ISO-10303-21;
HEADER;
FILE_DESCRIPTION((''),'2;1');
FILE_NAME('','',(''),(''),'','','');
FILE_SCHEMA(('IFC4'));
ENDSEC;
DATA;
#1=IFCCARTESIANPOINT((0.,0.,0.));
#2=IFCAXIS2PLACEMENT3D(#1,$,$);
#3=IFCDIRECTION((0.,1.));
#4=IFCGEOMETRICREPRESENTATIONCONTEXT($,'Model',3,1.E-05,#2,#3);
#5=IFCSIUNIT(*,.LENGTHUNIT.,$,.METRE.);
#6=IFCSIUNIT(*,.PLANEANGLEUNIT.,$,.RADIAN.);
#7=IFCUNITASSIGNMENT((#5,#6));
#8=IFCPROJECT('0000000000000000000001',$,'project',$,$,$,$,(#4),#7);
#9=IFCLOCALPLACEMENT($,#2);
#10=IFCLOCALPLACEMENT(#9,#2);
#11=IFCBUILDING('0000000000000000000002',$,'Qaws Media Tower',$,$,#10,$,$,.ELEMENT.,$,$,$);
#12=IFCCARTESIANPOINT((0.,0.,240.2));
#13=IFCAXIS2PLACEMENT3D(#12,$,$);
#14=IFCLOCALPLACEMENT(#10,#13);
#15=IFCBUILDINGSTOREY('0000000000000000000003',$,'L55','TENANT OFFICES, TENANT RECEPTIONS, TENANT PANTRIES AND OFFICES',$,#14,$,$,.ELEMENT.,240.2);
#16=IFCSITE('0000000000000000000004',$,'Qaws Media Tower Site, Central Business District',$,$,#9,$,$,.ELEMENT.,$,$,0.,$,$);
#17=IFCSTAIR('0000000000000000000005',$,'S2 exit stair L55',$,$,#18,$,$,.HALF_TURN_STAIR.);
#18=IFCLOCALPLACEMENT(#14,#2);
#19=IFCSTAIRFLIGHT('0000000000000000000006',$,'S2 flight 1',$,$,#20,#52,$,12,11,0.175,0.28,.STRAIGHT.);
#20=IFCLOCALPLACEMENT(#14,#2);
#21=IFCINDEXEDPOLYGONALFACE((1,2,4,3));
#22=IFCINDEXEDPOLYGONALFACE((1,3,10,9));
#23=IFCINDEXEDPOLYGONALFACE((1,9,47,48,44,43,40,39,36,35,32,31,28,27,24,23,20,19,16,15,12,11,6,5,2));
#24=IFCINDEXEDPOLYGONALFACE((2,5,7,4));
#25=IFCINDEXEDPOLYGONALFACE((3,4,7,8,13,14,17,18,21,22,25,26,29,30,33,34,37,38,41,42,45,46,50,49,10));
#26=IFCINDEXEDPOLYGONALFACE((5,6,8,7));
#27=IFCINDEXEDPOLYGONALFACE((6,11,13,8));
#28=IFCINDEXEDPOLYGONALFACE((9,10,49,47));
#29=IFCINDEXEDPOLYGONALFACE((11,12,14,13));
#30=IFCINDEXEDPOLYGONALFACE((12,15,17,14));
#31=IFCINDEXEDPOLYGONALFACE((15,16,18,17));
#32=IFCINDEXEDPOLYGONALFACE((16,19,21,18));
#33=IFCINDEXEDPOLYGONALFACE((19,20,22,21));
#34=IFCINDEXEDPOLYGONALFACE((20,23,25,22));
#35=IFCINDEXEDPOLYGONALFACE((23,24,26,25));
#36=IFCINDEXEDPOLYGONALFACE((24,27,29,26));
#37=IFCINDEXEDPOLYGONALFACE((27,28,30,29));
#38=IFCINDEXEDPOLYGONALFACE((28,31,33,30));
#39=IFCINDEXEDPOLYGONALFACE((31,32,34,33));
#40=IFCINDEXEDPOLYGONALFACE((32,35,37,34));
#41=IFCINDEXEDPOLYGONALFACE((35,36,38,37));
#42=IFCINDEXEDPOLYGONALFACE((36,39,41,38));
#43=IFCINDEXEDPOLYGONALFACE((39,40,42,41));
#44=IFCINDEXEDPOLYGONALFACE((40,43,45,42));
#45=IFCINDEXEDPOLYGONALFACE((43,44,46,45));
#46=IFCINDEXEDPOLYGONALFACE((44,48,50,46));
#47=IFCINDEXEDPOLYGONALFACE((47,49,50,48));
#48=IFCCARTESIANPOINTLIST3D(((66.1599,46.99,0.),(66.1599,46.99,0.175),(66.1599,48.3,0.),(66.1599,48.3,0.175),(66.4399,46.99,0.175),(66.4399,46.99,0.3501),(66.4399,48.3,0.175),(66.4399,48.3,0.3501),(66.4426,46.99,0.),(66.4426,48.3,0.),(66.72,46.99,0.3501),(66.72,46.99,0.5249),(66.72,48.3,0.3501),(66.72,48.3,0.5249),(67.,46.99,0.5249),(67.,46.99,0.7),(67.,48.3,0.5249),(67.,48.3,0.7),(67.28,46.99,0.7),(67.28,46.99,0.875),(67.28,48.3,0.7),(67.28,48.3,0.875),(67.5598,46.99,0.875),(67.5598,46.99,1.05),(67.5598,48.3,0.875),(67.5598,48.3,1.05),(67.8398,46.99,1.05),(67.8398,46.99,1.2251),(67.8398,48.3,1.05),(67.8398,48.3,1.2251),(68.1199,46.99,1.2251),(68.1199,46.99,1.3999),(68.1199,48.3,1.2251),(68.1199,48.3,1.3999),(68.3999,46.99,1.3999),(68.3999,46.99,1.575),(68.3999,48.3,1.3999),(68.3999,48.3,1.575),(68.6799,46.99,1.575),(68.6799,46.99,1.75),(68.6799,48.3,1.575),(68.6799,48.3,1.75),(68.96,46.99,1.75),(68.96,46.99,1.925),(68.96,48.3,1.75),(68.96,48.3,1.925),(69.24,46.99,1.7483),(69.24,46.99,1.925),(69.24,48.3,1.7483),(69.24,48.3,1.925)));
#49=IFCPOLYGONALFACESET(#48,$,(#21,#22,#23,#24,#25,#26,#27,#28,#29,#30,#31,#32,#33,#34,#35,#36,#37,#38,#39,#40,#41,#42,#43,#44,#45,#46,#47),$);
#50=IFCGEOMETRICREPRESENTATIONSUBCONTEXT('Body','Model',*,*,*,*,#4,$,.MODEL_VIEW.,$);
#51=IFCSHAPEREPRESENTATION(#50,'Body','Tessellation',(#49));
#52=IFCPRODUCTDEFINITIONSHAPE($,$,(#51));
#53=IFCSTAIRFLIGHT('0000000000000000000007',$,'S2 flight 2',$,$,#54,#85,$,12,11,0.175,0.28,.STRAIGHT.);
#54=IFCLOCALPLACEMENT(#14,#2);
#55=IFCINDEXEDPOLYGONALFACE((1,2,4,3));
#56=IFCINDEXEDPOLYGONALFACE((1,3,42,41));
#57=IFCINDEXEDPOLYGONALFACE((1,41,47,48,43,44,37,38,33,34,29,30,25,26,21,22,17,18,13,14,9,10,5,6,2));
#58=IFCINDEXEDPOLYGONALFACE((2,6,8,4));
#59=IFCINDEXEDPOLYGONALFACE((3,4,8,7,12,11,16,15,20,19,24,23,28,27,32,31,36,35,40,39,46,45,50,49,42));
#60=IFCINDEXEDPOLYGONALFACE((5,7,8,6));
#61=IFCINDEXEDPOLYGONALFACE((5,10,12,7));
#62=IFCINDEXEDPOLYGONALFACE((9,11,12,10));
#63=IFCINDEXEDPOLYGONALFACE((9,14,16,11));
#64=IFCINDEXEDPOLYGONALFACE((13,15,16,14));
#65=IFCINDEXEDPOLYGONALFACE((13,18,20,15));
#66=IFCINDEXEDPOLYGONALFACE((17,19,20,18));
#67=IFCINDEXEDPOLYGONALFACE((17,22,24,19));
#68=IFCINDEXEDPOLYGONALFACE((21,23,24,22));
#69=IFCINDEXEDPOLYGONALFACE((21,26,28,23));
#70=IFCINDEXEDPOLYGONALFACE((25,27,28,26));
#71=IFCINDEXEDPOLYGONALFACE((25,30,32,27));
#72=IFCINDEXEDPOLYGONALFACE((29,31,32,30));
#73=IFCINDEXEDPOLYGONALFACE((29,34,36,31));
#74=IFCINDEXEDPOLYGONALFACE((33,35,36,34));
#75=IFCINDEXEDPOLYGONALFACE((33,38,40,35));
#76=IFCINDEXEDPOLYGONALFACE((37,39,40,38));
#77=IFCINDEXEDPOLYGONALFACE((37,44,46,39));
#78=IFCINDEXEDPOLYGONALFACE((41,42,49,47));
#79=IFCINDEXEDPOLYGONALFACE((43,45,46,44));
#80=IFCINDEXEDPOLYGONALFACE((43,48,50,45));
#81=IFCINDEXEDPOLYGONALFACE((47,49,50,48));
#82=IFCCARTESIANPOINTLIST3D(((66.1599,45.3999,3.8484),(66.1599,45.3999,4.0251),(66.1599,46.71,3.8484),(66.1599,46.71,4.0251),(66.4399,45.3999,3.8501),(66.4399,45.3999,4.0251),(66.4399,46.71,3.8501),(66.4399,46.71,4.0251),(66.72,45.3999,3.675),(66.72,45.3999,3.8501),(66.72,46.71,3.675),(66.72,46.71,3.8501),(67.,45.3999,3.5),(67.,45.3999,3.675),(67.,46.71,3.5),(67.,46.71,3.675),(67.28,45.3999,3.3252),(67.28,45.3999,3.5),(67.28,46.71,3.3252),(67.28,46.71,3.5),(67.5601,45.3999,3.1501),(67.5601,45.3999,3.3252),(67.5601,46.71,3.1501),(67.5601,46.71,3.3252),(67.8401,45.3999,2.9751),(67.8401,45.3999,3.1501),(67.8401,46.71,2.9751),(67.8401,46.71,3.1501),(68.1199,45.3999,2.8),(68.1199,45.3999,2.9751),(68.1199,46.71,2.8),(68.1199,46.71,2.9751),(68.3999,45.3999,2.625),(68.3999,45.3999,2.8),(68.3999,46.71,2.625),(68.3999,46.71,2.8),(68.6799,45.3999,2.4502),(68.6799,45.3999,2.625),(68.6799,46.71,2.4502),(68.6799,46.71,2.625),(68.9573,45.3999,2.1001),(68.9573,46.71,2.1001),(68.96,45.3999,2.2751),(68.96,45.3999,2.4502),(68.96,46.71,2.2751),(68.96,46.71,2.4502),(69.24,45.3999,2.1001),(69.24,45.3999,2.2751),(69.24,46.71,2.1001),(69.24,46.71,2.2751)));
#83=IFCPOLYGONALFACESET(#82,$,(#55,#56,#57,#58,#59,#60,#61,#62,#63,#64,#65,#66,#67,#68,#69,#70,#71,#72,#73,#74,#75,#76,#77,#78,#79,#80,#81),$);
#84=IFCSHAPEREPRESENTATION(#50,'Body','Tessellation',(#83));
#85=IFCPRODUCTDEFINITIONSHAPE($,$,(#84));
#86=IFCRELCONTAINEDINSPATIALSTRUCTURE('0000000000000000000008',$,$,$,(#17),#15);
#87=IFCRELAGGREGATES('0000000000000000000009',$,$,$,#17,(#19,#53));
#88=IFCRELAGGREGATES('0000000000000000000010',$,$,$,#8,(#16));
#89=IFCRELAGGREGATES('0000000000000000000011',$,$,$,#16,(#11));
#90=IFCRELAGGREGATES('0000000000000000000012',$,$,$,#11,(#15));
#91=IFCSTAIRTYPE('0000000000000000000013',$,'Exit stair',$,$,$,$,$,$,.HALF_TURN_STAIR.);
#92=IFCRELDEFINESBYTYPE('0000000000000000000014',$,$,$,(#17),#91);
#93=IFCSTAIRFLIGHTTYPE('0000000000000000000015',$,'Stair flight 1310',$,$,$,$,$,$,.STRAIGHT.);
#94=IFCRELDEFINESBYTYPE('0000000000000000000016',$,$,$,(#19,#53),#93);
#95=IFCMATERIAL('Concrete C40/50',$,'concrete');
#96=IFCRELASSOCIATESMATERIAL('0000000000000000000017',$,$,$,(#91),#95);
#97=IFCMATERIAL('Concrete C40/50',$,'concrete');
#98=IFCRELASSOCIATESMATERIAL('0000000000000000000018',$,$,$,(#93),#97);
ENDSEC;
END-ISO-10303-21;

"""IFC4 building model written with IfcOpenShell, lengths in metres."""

from ifc_helpers import new_model, si_unit, direction, frame, origin, place, context, subcontext, project, spatial, polyline, outline, extrude, material, type_object, element, aggregate, save


model = new_model("IFC4")

# Units and contexts
model_context = context("Model", 3, precision=1e-05, world=origin(), true_north=direction((0.0, 1.0)))
body_context = subcontext(model_context, "Body", "Model", "MODEL_VIEW")
ifc_project = project(units=[si_unit("LENGTHUNIT", "METRE"), si_unit("PLANEANGLEUNIT", "RADIAN")], contexts=[model_context])

# Site, building, storey
site_placement = place(None, origin())
site = spatial("IfcSite", under=ifc_project, at=site_placement, Name="Qaws Media Tower Site, Central Business District", CompositionType="ELEMENT", RefElevation=0.0)
building_placement = place(site_placement, origin())
building = spatial("IfcBuilding", under=site, at=building_placement, Name="Qaws Media Tower", CompositionType="ELEMENT")
storey_placement = place(building_placement, frame((0.0, 0.0, 240.2)))
storey = spatial("IfcBuildingStorey", under=building, at=storey_placement, Name="L55", Description="TENANT OFFICES, TENANT RECEPTIONS, TENANT PANTRIES AND OFFICES", CompositionType="ELEMENT", Elevation=240.2)

# Stair, stair flights
ifc_material_1 = material(Name="Concrete C40/50", Category="concrete")
stair_type = type_object("IfcStairType", Name="Exit stair", PredefinedType="HALF_TURN_STAIR", material=ifc_material_1)
stair_placement = place(storey_placement, origin())
stair = element("IfcStair", 1, at=stair_placement, inside=storey, type_object=stair_type, Name="S2 exit stair L55", PredefinedType="HALF_TURN_STAIR")
ifc_material_2 = material(Name="Concrete C40/50", Category="concrete")
stair_flight_type = type_object("IfcStairFlightType", Name="Stair flight 1310", PredefinedType="STRAIGHT", material=ifc_material_2)
stair_flight_1_placement = place(storey_placement, frame((66.1599, 47.645, 0.0), z_axis=(0.0, 0.0, 1.0), x_axis=(1.0, 0.0, 0.0)))
stair_flight_1 = element("IfcStairFlight", 2, at=stair_flight_1_placement, type_object=stair_flight_type, Name="S2 flight 1", NumberOfRisers=12, NumberOfTreads=11, PredefinedType="STRAIGHT", RiserHeight=0.175, TreadLength=0.28, context=body_context, shape_type="SweptSolid", body=[
    extrude(outline(polyline([(0.0, 0.0), (0.0, 0.175), (0.28, 0.175), (0.28, 0.3501), (0.5601, 0.3501), (0.5601, 0.5249), (0.8401, 0.5249), (0.8401, 0.7), (1.1201, 0.7), (1.1201, 0.875), (1.3999, 0.875), (1.3999, 1.05), (1.6799, 1.05), (1.6799, 1.2251), (1.96, 1.2251), (1.96, 1.3999), (2.24, 1.3999), (2.24, 1.575), (2.52, 1.575), (2.52, 1.75), (2.8, 1.75), (2.8, 1.925), (3.0801, 1.925), (3.0801, 2.1001), (3.0801, 1.7483), (0.2827, 0.0), (0.0, 0.0)])), frame((0.0, 0.655, 0.0), z_axis=(0.0, -1.0, 0.0), x_axis=(1.0, 0.0, 0.0)), (0.0, 0.0, 1.0), 1.3101),
])
stair_flight_2_placement = place(storey_placement, frame((69.24, 46.0549, 2.1001), z_axis=(0.0, 0.0, 1.0), x_axis=(-1.0, 0.0, 0.0)))
stair_flight_2 = element("IfcStairFlight", 3, at=stair_flight_2_placement, type_object=stair_flight_type, Name="S2 flight 2", NumberOfRisers=12, NumberOfTreads=11, PredefinedType="STRAIGHT", RiserHeight=0.175, TreadLength=0.28, context=body_context, shape_type="SweptSolid", body=[
    extrude(outline(polyline([(0.0, 0.0), (0.0, 0.175), (0.28, 0.175), (0.28, 0.3501), (0.5601, 0.3501), (0.5601, 0.5249), (0.8401, 0.5249), (0.8401, 0.7), (1.1201, 0.7), (1.1201, 0.875), (1.3999, 0.875), (1.3999, 1.05), (1.6799, 1.05), (1.6799, 1.2251), (1.96, 1.2251), (1.96, 1.3999), (2.24, 1.3999), (2.24, 1.575), (2.52, 1.575), (2.52, 1.75), (2.8, 1.75), (2.8, 1.925), (3.0801, 1.925), (3.0801, 2.1001), (3.0801, 1.7483), (0.2827, 0.0), (0.0, 0.0)])), frame((0.0, 0.655, 0.0), z_axis=(0.0, -1.0, 0.0), x_axis=(1.0, 0.0, 0.0)), (0.0, 0.0, 1.0), 1.3101),
])
aggregate(stair, [stair_flight_1, stair_flight_2])

save(model, "model.ifc")
